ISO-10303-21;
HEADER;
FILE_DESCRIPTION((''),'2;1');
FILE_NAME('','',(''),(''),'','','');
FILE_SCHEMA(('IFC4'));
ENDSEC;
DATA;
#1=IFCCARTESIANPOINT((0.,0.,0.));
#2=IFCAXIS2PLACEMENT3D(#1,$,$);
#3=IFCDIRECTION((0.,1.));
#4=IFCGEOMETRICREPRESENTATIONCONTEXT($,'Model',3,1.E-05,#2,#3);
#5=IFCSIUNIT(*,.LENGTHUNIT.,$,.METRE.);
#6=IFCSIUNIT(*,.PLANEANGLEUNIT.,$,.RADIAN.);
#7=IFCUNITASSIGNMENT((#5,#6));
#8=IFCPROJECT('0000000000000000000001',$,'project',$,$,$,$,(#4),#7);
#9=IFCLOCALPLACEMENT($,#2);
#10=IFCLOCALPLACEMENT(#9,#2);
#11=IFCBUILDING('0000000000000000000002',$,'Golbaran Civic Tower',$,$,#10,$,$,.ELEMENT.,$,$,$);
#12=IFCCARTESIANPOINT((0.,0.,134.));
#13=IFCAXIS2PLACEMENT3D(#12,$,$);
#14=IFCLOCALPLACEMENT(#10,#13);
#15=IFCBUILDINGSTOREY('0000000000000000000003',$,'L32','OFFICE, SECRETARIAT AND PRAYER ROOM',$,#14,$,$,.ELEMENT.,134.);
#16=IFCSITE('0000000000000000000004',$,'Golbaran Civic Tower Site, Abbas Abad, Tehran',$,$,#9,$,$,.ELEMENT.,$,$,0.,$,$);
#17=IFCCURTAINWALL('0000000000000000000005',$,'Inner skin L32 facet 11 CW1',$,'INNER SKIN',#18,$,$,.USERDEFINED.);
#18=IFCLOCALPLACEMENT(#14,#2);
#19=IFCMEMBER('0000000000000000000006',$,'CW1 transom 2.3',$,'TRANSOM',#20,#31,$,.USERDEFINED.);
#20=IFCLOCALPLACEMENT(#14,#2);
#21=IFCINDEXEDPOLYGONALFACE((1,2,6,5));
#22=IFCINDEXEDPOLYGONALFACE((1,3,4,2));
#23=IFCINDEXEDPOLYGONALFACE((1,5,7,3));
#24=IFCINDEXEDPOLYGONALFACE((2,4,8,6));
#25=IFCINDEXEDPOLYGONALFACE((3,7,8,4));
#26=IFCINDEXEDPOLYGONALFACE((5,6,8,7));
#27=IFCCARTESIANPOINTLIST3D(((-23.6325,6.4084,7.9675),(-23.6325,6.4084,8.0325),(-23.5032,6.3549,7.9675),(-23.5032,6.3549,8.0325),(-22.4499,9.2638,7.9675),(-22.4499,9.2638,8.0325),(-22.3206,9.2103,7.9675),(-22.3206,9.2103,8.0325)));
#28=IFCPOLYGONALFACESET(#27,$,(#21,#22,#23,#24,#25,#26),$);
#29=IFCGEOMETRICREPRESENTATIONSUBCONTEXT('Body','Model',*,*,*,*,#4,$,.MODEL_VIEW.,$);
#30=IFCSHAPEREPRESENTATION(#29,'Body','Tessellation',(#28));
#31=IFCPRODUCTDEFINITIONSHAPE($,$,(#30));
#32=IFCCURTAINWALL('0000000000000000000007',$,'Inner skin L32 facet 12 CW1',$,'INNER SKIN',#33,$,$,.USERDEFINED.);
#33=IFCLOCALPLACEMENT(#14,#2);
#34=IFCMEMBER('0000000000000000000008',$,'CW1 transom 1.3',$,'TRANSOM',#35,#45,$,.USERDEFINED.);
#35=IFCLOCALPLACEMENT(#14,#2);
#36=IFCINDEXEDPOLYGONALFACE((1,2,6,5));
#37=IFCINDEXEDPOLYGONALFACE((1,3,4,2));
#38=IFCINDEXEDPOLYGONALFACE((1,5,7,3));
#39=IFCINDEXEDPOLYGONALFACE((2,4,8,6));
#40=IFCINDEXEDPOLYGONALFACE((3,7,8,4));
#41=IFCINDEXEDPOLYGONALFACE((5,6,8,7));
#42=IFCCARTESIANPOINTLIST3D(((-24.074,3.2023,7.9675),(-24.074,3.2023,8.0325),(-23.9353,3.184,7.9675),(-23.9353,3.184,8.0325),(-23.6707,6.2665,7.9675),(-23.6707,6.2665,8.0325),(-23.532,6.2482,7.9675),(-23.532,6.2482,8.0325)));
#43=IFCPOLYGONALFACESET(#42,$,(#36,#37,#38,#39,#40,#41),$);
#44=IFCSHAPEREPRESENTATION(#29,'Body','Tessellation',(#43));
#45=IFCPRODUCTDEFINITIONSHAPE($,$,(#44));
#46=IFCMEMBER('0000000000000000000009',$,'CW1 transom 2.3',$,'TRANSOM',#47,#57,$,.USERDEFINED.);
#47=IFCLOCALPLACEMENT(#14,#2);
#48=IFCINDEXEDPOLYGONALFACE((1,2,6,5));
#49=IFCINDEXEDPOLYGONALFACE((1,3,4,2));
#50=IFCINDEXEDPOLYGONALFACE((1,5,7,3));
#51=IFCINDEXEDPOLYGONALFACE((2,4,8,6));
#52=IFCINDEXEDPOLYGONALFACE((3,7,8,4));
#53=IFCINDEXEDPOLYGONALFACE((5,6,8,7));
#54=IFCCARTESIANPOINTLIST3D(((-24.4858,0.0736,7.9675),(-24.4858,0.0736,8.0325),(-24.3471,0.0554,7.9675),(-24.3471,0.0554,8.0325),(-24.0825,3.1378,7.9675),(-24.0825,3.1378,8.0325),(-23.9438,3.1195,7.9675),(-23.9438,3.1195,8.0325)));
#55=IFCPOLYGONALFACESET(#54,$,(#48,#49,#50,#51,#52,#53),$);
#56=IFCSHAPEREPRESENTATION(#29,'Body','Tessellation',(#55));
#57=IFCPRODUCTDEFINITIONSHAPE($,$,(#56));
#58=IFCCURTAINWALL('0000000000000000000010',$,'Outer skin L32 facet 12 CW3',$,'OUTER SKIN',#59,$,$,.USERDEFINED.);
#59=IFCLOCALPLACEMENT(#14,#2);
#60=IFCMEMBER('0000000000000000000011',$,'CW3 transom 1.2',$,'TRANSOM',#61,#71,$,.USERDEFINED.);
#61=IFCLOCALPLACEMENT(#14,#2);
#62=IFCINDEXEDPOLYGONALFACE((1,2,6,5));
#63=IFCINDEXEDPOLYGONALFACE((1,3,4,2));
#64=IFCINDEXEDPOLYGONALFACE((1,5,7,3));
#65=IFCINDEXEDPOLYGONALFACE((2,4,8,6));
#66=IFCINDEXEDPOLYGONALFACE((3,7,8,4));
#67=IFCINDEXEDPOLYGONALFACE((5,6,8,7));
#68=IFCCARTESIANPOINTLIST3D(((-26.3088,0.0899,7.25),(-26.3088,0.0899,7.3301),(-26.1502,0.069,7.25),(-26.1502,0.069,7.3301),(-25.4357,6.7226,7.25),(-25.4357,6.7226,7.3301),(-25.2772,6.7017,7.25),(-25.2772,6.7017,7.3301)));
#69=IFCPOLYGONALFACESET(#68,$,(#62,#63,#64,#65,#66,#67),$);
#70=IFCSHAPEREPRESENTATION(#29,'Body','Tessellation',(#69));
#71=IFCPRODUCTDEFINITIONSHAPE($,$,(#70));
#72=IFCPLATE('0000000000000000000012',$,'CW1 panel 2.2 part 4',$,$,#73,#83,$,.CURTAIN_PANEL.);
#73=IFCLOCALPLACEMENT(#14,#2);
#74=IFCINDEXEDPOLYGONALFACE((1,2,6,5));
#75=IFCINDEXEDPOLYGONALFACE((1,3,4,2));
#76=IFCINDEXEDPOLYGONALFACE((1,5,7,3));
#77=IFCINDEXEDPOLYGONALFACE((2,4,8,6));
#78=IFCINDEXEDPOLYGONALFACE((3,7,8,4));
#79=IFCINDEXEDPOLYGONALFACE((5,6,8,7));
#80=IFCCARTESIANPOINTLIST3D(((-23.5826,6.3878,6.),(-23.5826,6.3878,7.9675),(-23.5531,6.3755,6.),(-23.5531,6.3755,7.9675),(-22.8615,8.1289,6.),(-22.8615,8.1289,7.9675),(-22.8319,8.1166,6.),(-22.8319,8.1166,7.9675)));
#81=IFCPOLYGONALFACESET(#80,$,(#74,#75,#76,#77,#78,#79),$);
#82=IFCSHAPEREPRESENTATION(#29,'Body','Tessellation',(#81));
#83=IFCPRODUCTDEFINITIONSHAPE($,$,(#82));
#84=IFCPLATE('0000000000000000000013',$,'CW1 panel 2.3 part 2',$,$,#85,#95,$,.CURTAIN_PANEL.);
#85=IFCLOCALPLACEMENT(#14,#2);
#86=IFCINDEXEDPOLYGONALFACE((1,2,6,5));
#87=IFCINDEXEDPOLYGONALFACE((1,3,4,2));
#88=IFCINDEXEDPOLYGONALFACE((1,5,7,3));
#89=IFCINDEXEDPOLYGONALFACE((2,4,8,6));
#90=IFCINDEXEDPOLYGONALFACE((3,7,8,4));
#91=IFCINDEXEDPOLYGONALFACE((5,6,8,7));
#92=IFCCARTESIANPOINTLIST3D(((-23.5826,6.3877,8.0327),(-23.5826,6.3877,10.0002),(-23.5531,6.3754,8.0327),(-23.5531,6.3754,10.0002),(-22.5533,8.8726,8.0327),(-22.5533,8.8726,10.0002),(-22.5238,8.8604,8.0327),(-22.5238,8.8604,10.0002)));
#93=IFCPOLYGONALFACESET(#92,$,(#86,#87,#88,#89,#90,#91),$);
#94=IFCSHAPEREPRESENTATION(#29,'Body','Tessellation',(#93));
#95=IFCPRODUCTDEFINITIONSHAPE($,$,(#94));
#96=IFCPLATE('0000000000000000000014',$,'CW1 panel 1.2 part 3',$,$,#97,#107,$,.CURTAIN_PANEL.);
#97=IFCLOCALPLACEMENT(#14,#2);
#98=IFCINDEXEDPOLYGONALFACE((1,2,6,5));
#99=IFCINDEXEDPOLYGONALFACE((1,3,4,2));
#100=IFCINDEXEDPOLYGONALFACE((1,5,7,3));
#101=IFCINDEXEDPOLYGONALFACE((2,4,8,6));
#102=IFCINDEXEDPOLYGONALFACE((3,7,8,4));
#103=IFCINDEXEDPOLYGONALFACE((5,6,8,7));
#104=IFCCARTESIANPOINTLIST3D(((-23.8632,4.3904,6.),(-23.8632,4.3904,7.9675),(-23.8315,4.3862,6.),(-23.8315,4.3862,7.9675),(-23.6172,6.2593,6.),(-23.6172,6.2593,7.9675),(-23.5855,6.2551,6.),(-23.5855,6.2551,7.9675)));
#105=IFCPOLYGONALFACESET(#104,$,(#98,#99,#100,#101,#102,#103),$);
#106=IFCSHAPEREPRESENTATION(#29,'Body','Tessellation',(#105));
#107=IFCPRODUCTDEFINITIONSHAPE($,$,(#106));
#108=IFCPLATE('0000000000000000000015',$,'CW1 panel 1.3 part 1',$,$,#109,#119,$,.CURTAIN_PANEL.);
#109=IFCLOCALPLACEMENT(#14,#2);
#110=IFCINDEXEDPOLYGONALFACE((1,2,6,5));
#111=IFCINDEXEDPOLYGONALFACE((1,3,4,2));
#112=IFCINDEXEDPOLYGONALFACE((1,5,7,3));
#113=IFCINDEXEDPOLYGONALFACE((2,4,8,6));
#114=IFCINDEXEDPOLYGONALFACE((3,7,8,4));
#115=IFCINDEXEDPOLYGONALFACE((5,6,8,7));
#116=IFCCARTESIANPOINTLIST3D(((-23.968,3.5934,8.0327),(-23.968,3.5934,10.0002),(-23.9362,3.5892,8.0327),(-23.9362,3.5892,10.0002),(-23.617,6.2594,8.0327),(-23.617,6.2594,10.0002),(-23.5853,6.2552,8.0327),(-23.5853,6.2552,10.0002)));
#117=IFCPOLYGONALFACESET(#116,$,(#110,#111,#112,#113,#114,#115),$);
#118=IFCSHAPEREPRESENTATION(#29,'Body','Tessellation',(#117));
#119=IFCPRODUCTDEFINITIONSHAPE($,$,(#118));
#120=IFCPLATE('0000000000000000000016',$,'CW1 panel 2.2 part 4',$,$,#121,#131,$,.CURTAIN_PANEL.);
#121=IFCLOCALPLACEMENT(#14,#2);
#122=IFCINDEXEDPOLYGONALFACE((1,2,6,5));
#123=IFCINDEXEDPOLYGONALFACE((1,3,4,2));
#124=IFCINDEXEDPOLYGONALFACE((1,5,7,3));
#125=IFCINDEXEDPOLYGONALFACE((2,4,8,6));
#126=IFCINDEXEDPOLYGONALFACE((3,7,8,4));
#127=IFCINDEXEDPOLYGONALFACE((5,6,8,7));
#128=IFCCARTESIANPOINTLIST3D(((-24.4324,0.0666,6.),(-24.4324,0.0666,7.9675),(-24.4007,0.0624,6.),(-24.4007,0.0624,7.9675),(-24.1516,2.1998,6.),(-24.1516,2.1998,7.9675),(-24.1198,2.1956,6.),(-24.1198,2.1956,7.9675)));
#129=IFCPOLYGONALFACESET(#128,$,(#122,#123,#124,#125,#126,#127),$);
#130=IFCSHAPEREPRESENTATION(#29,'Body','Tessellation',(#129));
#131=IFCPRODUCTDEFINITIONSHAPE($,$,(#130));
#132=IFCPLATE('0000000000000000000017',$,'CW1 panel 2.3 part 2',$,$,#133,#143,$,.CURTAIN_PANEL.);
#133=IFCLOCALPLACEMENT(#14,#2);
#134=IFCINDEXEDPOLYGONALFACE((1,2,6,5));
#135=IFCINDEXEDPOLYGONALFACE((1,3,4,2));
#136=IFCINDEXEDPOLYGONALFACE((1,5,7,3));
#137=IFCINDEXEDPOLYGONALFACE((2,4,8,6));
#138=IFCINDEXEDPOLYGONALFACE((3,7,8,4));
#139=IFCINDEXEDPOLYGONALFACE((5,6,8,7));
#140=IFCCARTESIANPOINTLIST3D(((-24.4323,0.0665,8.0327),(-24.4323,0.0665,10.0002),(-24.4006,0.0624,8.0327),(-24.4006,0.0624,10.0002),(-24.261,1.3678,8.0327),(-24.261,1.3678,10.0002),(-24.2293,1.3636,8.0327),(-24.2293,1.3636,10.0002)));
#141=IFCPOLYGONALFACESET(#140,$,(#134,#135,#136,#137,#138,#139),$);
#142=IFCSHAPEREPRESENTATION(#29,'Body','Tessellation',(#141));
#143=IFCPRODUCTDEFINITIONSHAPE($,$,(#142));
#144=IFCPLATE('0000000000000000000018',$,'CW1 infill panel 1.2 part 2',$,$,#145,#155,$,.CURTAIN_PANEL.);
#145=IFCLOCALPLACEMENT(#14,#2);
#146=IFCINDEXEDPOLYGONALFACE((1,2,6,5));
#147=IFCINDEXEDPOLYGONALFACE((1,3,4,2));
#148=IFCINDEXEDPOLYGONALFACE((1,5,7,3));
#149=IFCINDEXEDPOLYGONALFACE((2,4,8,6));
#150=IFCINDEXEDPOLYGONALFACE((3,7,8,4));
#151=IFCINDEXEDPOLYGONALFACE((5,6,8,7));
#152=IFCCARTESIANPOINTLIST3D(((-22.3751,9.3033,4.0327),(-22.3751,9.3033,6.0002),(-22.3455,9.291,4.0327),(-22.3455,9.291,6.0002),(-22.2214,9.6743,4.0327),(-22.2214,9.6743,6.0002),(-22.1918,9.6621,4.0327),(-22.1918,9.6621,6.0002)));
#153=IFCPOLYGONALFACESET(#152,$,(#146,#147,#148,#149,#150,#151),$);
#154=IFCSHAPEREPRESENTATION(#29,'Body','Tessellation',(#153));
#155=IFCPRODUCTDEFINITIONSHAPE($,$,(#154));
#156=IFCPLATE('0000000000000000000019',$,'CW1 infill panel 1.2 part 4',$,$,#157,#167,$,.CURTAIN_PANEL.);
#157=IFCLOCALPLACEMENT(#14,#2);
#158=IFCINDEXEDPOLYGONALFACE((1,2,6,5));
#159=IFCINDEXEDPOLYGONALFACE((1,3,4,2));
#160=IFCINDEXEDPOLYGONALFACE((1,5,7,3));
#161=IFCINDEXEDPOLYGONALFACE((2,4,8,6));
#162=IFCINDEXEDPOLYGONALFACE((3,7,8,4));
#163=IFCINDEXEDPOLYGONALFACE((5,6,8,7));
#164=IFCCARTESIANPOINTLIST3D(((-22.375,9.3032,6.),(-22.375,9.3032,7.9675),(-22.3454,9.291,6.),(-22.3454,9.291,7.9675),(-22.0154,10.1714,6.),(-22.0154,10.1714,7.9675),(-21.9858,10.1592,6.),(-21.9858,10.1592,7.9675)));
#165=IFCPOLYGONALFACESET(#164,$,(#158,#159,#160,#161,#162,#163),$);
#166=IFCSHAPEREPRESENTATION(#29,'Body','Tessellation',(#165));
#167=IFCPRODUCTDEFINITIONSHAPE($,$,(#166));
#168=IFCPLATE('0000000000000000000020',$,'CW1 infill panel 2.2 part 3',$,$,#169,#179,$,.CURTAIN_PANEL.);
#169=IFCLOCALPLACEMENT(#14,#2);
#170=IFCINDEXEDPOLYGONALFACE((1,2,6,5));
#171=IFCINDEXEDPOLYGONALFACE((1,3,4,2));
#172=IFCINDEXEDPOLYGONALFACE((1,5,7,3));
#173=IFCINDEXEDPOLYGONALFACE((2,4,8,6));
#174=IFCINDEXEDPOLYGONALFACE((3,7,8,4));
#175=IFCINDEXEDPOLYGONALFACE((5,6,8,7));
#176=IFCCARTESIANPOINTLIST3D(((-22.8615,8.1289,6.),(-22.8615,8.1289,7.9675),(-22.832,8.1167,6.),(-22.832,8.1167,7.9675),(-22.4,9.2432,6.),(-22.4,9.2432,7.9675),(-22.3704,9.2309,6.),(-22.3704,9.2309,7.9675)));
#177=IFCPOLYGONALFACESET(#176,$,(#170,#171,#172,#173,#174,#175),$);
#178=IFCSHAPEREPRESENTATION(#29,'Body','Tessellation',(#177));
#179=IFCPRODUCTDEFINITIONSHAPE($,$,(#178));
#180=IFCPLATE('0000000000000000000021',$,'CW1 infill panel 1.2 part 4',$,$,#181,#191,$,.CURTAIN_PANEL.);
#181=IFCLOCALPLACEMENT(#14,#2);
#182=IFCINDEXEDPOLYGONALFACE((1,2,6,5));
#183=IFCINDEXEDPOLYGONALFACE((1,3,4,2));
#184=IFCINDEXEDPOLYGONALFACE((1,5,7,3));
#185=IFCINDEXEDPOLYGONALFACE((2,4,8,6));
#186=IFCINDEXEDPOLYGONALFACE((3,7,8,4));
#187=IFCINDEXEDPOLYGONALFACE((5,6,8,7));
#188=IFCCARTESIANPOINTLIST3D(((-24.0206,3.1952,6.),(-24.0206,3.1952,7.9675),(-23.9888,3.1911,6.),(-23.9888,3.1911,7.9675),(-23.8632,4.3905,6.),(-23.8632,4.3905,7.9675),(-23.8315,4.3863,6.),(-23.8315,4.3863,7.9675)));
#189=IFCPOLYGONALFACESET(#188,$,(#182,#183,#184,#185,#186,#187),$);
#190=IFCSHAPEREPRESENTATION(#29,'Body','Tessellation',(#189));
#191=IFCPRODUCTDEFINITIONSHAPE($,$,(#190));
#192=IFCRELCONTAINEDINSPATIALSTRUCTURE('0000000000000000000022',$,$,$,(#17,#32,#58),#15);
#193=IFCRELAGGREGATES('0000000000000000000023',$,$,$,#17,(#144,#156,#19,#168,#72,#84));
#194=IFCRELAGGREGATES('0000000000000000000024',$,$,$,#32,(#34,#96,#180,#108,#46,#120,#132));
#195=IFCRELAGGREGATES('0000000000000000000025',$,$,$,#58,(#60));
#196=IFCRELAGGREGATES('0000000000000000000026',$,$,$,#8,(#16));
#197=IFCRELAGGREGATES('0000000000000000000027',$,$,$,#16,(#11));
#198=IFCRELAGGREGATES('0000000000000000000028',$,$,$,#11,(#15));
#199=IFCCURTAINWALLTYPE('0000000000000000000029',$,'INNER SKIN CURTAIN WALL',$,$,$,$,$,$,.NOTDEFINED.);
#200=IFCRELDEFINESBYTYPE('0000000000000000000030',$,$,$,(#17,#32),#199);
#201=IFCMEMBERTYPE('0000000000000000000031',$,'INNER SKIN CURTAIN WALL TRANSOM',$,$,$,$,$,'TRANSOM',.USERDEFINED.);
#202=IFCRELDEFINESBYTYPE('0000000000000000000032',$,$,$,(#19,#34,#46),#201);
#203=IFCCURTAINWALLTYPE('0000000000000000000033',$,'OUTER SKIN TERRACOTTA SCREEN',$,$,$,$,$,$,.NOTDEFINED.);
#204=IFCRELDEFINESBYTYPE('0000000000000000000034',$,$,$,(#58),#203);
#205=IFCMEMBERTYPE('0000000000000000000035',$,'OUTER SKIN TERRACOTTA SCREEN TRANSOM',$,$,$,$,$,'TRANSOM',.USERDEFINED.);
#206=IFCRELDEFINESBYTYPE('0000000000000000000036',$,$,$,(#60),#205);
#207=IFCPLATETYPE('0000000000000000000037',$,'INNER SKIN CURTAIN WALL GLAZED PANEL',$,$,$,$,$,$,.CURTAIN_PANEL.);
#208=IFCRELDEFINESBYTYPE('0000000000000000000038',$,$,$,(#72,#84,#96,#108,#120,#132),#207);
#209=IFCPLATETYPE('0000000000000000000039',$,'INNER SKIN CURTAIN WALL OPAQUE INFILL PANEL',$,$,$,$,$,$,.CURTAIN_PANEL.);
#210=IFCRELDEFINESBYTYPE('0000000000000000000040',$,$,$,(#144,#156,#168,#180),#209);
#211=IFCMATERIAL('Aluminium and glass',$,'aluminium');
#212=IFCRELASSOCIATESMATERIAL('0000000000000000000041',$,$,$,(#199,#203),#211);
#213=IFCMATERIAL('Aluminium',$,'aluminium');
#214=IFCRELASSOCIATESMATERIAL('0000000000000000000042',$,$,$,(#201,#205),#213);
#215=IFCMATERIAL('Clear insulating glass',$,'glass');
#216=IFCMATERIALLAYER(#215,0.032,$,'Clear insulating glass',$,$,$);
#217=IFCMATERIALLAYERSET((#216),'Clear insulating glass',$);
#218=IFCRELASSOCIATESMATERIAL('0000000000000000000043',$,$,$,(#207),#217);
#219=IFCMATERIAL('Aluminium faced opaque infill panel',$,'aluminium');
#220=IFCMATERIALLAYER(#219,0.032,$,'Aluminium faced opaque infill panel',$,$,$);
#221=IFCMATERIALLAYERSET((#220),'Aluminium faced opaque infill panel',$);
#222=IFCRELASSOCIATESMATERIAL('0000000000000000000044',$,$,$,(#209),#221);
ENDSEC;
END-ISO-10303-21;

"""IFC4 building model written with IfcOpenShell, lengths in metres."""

from ifc_helpers import new_model, si_unit, direction, frame, origin, origin_2d, place, context, subcontext, project, spatial, rectangle, extrude, material, layer, layer_set, material_profile, profile_set, type_object, element, aggregate, save


model = new_model("IFC4")

# Units and contexts
model_context = context("Model", 3, precision=1e-05, world=origin(), true_north=direction((0.0, 1.0)))
body_context = subcontext(model_context, "Body", "Model", "MODEL_VIEW")
ifc_project = project(units=[si_unit("LENGTHUNIT", "METRE"), si_unit("PLANEANGLEUNIT", "RADIAN")], contexts=[model_context])

# Site, building, storey
site_placement = place(None, origin())
site = spatial("IfcSite", under=ifc_project, at=site_placement, Name="Golbaran Civic Tower Site, Abbas Abad, Tehran", CompositionType="ELEMENT", RefElevation=0.0)
building_placement = place(site_placement, origin())
building = spatial("IfcBuilding", under=site, at=building_placement, Name="Golbaran Civic Tower", CompositionType="ELEMENT")
storey_placement = place(building_placement, frame((0.0, 0.0, 134.0)))
storey = spatial("IfcBuildingStorey", under=building, at=storey_placement, Name="L32", Description="OFFICE, SECRETARIAT AND PRAYER ROOM", CompositionType="ELEMENT", Elevation=134.0)

# Curtain wall, member
ifc_material_1 = material(Name="Aluminium and glass", Category="aluminium")
curtain_wall_type_1 = type_object("IfcCurtainWallType", Name="INNER SKIN CURTAIN WALL", PredefinedType="NOTDEFINED", material=ifc_material_1)
curtain_wall_1_placement = place(storey_placement, origin())
curtain_wall_1 = element("IfcCurtainWall", 1, at=curtain_wall_1_placement, inside=storey, type_object=curtain_wall_type_1, Name="Inner skin L32 facet 11 CW1", ObjectType="INNER SKIN", PredefinedType="USERDEFINED")
ifc_material_2 = material(Name="Aluminium", Category="aluminium")
ifc_material_profile_1 = material_profile(ifc_material_2, rectangle(XDim=0.1399, YDim=0.0649, at=origin_2d()), Name="INNER SKIN CURTAIN WALL TRANSOM")
ifc_profile_set_1 = profile_set([ifc_material_profile_1], Name="Aluminium")
member_type_1 = type_object("IfcMemberType", Name="INNER SKIN CURTAIN WALL TRANSOM", ElementType="TRANSOM", PredefinedType="USERDEFINED", material=ifc_profile_set_1)
member_1_placement = place(storey_placement, frame((-22.3853, 9.2371, 8.0), z_axis=(-0.38264, -0.923897, 0.0), x_axis=(0.923897, -0.38264, 0.0)))
member_1 = element("IfcMember", 2, at=member_1_placement, type_object=member_type_1, Name="CW1 transom 2.3", ObjectType="TRANSOM", PredefinedType="USERDEFINED", context=body_context, shape_type="SweptSolid", body=[
    extrude(rectangle(XDim=0.1399, YDim=0.0649, at=origin_2d()), origin(), (0.0, 0.0, 1.0), 3.0906),
])

# Curtain wall, members
curtain_wall_2_placement = place(storey_placement, origin())
curtain_wall_2 = element("IfcCurtainWall", 3, at=curtain_wall_2_placement, inside=storey, type_object=curtain_wall_type_1, Name="Inner skin L32 facet 12 CW1", ObjectType="INNER SKIN", PredefinedType="USERDEFINED")
member_2_placement = place(storey_placement, frame((-23.6013, 6.2573, 8.0), z_axis=(-0.130497, -0.991449, 0.0), x_axis=(0.991449, -0.130497, 0.0)))
member_2 = element("IfcMember", 4, at=member_2_placement, type_object=member_type_1, Name="CW1 transom 1.3", ObjectType="TRANSOM", PredefinedType="USERDEFINED", context=body_context, shape_type="SweptSolid", body=[
    extrude(rectangle(XDim=0.1399, YDim=0.0649, at=origin_2d()), origin(), (0.0, 0.0, 1.0), 3.0906),
])
member_3_placement = place(storey_placement, frame((-24.0132, 3.1287, 8.0), z_axis=(-0.130497, -0.991449, 0.0), x_axis=(0.991449, -0.130497, 0.0)))
member_3 = element("IfcMember", 5, at=member_3_placement, type_object=member_type_1, Name="CW1 transom 2.3", ObjectType="TRANSOM", PredefinedType="USERDEFINED", context=body_context, shape_type="SweptSolid", body=[
    extrude(rectangle(XDim=0.1399, YDim=0.0649, at=origin_2d()), origin(), (0.0, 0.0, 1.0), 3.0906),
])

# Curtain wall, member
curtain_wall_type_2 = type_object("IfcCurtainWallType", Name="OUTER SKIN TERRACOTTA SCREEN", PredefinedType="NOTDEFINED", material=ifc_material_1)
curtain_wall_3_placement = place(storey_placement, origin())
curtain_wall_3 = element("IfcCurtainWall", 6, at=curtain_wall_3_placement, inside=storey, type_object=curtain_wall_type_2, Name="Outer skin L32 facet 12 CW3", ObjectType="OUTER SKIN", PredefinedType="USERDEFINED")
ifc_material_profile_2 = material_profile(ifc_material_2, rectangle(XDim=0.1599, YDim=0.0801, at=origin_2d()), Name="OUTER SKIN TERRACOTTA SCREEN TRANSOM")
ifc_profile_set_2 = profile_set([ifc_material_profile_2], Name="Aluminium")
member_type_2 = type_object("IfcMemberType", Name="OUTER SKIN TERRACOTTA SCREEN TRANSOM", ElementType="TRANSOM", PredefinedType="USERDEFINED", material=ifc_profile_set_2)
member_4_placement = place(storey_placement, frame((-25.3564, 6.7122, 7.29), z_axis=(-0.1305, -0.991448, 0.0), x_axis=(0.991448, -0.1305, 0.0)))
member_4 = element("IfcMember", 7, at=member_4_placement, type_object=member_type_2, Name="CW3 transom 1.2", ObjectType="TRANSOM", PredefinedType="USERDEFINED", context=body_context, shape_type="SweptSolid", body=[
    extrude(rectangle(XDim=0.1599, YDim=0.0801, at=origin_2d()), origin(), (0.0, 0.0, 1.0), 6.6899),
])

# Plates
ifc_material_3 = material(Name="Clear insulating glass", Category="glass")
ifc_layer_1 = layer(ifc_material_3, 0.032, Name="Clear insulating glass")
ifc_layer_set_1 = layer_set([ifc_layer_1], Name="Clear insulating glass")
plate_type_1 = type_object("IfcPlateType", Name="INNER SKIN CURTAIN WALL GLAZED PANEL", PredefinedType="CURTAIN_PANEL", material=ifc_layer_set_1)
plate_1_placement = place(storey_placement, frame((-23.2073, 7.2522, 6.0), z_axis=(0.0, 0.0, 1.0), x_axis=(-0.382683, -0.92388, 0.0)))
plate_1 = element("IfcPlate", 8, at=plate_1_placement, type_object=plate_type_1, Name="CW1 panel 2.2 part 4", PredefinedType="CURTAIN_PANEL", context=body_context, shape_type="SweptSolid", body=[
    extrude(rectangle(XDim=1.8845, YDim=0.032, at=origin_2d()), origin(), (0.0, 0.0, 1.0), 1.9675),
])
plate_2_placement = place(storey_placement, frame((-23.0532, 7.624, 8.0327), z_axis=(0.0, 0.0, 1.0), x_axis=(-0.382683, -0.92388, 0.0)))
plate_2 = element("IfcPlate", 9, at=plate_2_placement, type_object=plate_type_1, Name="CW1 panel 2.3 part 2", PredefinedType="CURTAIN_PANEL", context=body_context, shape_type="SweptSolid", body=[
    extrude(rectangle(XDim=2.6897, YDim=0.032, at=origin_2d()), origin(), (0.0, 0.0, 1.0), 1.9675),
])
plate_3_placement = place(storey_placement, frame((-23.7244, 5.3228, 6.0), z_axis=(0.0, 0.0, 1.0), x_axis=(-0.130526, -0.991445, 0.0)))
plate_3 = element("IfcPlate", 10, at=plate_3_placement, type_object=plate_type_1, Name="CW1 panel 1.2 part 3", PredefinedType="CURTAIN_PANEL", context=body_context, shape_type="SweptSolid", body=[
    extrude(rectangle(XDim=1.885, YDim=0.032, at=origin_2d()), origin(), (0.0, 0.0, 1.0), 1.9675),
])
plate_4_placement = place(storey_placement, frame((-23.7766, 4.9243, 8.0327), z_axis=(0.0, 0.0, 1.0), x_axis=(-0.130526, -0.991445, 0.0)))
plate_4 = element("IfcPlate", 11, at=plate_4_placement, type_object=plate_type_1, Name="CW1 panel 1.3 part 1", PredefinedType="CURTAIN_PANEL", context=body_context, shape_type="SweptSolid", body=[
    extrude(rectangle(XDim=2.689, YDim=0.032, at=origin_2d()), origin(), (0.0, 0.0, 1.0), 1.9675),
])
plate_5_placement = place(storey_placement, frame((-24.2761, 1.1311, 6.0), z_axis=(0.0, 0.0, 1.0), x_axis=(-0.130526, -0.991445, 0.0)))
plate_5 = element("IfcPlate", 12, at=plate_5_placement, type_object=plate_type_1, Name="CW1 panel 2.2 part 4", PredefinedType="CURTAIN_PANEL", context=body_context, shape_type="SweptSolid", body=[
    extrude(rectangle(XDim=2.1516, YDim=0.032, at=origin_2d()), origin(), (0.0, 0.0, 1.0), 1.9675),
])
plate_6_placement = place(storey_placement, frame((-24.3308, 0.7151, 8.0327), z_axis=(0.0, 0.0, 1.0), x_axis=(-0.130526, -0.991445, 0.0)))
plate_6 = element("IfcPlate", 13, at=plate_6_placement, type_object=plate_type_1, Name="CW1 panel 2.3 part 2", PredefinedType="CURTAIN_PANEL", context=body_context, shape_type="SweptSolid", body=[
    extrude(rectangle(XDim=1.3125, YDim=0.032, at=origin_2d()), origin(), (0.0, 0.0, 1.0), 1.9675),
])
ifc_material_4 = material(Name="Aluminium faced opaque infill panel", Category="aluminium")
ifc_layer_2 = layer(ifc_material_4, 0.032, Name="Aluminium faced opaque infill panel")
ifc_layer_set_2 = layer_set([ifc_layer_2], Name="Aluminium faced opaque infill panel")
plate_type_2 = type_object("IfcPlateType", Name="INNER SKIN CURTAIN WALL OPAQUE INFILL PANEL", PredefinedType="CURTAIN_PANEL", material=ifc_layer_set_2)
plate_7_placement = place(storey_placement, frame((-22.2834, 9.4827, 4.0327), z_axis=(0.0, 0.0, 1.0), x_axis=(-0.382683, -0.92388, 0.0)))
plate_7 = element("IfcPlate", 14, at=plate_7_placement, type_object=plate_type_2, Name="CW1 infill panel 1.2 part 2", PredefinedType="CURTAIN_PANEL", context=body_context, shape_type="SweptSolid", body=[
    extrude(rectangle(XDim=0.4016, YDim=0.032, at=origin_2d()), origin(), (0.0, 0.0, 1.0), 1.9675),
])
plate_8_placement = place(storey_placement, frame((-22.1804, 9.7312, 6.0), z_axis=(0.0, 0.0, 1.0), x_axis=(-0.382683, -0.92388, 0.0)))
plate_8 = element("IfcPlate", 15, at=plate_8_placement, type_object=plate_type_2, Name="CW1 infill panel 1.2 part 4", PredefinedType="CURTAIN_PANEL", context=body_context, shape_type="SweptSolid", body=[
    extrude(rectangle(XDim=0.9397, YDim=0.032, at=origin_2d()), origin(), (0.0, 0.0, 1.0), 1.9675),
])
plate_9_placement = place(storey_placement, frame((-22.616, 8.6799, 6.0), z_axis=(0.0, 0.0, 1.0), x_axis=(-0.382683, -0.92388, 0.0)))
plate_9 = element("IfcPlate", 16, at=plate_9_placement, type_object=plate_type_2, Name="CW1 infill panel 2.2 part 3", PredefinedType="CURTAIN_PANEL", context=body_context, shape_type="SweptSolid", body=[
    extrude(rectangle(XDim=1.2061, YDim=0.032, at=origin_2d()), origin(), (0.0, 0.0, 1.0), 1.9675),
])
aggregate(curtain_wall_1, [plate_7, plate_8, member_1, plate_9, plate_1, plate_2])
plate_10_placement = place(storey_placement, frame((-23.926, 3.7908, 6.0), z_axis=(0.0, 0.0, 1.0), x_axis=(-0.130526, -0.991445, 0.0)))
plate_10 = element("IfcPlate", 17, at=plate_10_placement, type_object=plate_type_2, Name="CW1 infill panel 1.2 part 4", PredefinedType="CURTAIN_PANEL", context=body_context, shape_type="SweptSolid", body=[
    extrude(rectangle(XDim=1.2056, YDim=0.032, at=origin_2d()), origin(), (0.0, 0.0, 1.0), 1.9675),
])
aggregate(curtain_wall_2, [member_2, plate_3, plate_10, plate_4, member_3, plate_5, plate_6])
aggregate(curtain_wall_3, [member_4])

save(model, "model.ifc")
